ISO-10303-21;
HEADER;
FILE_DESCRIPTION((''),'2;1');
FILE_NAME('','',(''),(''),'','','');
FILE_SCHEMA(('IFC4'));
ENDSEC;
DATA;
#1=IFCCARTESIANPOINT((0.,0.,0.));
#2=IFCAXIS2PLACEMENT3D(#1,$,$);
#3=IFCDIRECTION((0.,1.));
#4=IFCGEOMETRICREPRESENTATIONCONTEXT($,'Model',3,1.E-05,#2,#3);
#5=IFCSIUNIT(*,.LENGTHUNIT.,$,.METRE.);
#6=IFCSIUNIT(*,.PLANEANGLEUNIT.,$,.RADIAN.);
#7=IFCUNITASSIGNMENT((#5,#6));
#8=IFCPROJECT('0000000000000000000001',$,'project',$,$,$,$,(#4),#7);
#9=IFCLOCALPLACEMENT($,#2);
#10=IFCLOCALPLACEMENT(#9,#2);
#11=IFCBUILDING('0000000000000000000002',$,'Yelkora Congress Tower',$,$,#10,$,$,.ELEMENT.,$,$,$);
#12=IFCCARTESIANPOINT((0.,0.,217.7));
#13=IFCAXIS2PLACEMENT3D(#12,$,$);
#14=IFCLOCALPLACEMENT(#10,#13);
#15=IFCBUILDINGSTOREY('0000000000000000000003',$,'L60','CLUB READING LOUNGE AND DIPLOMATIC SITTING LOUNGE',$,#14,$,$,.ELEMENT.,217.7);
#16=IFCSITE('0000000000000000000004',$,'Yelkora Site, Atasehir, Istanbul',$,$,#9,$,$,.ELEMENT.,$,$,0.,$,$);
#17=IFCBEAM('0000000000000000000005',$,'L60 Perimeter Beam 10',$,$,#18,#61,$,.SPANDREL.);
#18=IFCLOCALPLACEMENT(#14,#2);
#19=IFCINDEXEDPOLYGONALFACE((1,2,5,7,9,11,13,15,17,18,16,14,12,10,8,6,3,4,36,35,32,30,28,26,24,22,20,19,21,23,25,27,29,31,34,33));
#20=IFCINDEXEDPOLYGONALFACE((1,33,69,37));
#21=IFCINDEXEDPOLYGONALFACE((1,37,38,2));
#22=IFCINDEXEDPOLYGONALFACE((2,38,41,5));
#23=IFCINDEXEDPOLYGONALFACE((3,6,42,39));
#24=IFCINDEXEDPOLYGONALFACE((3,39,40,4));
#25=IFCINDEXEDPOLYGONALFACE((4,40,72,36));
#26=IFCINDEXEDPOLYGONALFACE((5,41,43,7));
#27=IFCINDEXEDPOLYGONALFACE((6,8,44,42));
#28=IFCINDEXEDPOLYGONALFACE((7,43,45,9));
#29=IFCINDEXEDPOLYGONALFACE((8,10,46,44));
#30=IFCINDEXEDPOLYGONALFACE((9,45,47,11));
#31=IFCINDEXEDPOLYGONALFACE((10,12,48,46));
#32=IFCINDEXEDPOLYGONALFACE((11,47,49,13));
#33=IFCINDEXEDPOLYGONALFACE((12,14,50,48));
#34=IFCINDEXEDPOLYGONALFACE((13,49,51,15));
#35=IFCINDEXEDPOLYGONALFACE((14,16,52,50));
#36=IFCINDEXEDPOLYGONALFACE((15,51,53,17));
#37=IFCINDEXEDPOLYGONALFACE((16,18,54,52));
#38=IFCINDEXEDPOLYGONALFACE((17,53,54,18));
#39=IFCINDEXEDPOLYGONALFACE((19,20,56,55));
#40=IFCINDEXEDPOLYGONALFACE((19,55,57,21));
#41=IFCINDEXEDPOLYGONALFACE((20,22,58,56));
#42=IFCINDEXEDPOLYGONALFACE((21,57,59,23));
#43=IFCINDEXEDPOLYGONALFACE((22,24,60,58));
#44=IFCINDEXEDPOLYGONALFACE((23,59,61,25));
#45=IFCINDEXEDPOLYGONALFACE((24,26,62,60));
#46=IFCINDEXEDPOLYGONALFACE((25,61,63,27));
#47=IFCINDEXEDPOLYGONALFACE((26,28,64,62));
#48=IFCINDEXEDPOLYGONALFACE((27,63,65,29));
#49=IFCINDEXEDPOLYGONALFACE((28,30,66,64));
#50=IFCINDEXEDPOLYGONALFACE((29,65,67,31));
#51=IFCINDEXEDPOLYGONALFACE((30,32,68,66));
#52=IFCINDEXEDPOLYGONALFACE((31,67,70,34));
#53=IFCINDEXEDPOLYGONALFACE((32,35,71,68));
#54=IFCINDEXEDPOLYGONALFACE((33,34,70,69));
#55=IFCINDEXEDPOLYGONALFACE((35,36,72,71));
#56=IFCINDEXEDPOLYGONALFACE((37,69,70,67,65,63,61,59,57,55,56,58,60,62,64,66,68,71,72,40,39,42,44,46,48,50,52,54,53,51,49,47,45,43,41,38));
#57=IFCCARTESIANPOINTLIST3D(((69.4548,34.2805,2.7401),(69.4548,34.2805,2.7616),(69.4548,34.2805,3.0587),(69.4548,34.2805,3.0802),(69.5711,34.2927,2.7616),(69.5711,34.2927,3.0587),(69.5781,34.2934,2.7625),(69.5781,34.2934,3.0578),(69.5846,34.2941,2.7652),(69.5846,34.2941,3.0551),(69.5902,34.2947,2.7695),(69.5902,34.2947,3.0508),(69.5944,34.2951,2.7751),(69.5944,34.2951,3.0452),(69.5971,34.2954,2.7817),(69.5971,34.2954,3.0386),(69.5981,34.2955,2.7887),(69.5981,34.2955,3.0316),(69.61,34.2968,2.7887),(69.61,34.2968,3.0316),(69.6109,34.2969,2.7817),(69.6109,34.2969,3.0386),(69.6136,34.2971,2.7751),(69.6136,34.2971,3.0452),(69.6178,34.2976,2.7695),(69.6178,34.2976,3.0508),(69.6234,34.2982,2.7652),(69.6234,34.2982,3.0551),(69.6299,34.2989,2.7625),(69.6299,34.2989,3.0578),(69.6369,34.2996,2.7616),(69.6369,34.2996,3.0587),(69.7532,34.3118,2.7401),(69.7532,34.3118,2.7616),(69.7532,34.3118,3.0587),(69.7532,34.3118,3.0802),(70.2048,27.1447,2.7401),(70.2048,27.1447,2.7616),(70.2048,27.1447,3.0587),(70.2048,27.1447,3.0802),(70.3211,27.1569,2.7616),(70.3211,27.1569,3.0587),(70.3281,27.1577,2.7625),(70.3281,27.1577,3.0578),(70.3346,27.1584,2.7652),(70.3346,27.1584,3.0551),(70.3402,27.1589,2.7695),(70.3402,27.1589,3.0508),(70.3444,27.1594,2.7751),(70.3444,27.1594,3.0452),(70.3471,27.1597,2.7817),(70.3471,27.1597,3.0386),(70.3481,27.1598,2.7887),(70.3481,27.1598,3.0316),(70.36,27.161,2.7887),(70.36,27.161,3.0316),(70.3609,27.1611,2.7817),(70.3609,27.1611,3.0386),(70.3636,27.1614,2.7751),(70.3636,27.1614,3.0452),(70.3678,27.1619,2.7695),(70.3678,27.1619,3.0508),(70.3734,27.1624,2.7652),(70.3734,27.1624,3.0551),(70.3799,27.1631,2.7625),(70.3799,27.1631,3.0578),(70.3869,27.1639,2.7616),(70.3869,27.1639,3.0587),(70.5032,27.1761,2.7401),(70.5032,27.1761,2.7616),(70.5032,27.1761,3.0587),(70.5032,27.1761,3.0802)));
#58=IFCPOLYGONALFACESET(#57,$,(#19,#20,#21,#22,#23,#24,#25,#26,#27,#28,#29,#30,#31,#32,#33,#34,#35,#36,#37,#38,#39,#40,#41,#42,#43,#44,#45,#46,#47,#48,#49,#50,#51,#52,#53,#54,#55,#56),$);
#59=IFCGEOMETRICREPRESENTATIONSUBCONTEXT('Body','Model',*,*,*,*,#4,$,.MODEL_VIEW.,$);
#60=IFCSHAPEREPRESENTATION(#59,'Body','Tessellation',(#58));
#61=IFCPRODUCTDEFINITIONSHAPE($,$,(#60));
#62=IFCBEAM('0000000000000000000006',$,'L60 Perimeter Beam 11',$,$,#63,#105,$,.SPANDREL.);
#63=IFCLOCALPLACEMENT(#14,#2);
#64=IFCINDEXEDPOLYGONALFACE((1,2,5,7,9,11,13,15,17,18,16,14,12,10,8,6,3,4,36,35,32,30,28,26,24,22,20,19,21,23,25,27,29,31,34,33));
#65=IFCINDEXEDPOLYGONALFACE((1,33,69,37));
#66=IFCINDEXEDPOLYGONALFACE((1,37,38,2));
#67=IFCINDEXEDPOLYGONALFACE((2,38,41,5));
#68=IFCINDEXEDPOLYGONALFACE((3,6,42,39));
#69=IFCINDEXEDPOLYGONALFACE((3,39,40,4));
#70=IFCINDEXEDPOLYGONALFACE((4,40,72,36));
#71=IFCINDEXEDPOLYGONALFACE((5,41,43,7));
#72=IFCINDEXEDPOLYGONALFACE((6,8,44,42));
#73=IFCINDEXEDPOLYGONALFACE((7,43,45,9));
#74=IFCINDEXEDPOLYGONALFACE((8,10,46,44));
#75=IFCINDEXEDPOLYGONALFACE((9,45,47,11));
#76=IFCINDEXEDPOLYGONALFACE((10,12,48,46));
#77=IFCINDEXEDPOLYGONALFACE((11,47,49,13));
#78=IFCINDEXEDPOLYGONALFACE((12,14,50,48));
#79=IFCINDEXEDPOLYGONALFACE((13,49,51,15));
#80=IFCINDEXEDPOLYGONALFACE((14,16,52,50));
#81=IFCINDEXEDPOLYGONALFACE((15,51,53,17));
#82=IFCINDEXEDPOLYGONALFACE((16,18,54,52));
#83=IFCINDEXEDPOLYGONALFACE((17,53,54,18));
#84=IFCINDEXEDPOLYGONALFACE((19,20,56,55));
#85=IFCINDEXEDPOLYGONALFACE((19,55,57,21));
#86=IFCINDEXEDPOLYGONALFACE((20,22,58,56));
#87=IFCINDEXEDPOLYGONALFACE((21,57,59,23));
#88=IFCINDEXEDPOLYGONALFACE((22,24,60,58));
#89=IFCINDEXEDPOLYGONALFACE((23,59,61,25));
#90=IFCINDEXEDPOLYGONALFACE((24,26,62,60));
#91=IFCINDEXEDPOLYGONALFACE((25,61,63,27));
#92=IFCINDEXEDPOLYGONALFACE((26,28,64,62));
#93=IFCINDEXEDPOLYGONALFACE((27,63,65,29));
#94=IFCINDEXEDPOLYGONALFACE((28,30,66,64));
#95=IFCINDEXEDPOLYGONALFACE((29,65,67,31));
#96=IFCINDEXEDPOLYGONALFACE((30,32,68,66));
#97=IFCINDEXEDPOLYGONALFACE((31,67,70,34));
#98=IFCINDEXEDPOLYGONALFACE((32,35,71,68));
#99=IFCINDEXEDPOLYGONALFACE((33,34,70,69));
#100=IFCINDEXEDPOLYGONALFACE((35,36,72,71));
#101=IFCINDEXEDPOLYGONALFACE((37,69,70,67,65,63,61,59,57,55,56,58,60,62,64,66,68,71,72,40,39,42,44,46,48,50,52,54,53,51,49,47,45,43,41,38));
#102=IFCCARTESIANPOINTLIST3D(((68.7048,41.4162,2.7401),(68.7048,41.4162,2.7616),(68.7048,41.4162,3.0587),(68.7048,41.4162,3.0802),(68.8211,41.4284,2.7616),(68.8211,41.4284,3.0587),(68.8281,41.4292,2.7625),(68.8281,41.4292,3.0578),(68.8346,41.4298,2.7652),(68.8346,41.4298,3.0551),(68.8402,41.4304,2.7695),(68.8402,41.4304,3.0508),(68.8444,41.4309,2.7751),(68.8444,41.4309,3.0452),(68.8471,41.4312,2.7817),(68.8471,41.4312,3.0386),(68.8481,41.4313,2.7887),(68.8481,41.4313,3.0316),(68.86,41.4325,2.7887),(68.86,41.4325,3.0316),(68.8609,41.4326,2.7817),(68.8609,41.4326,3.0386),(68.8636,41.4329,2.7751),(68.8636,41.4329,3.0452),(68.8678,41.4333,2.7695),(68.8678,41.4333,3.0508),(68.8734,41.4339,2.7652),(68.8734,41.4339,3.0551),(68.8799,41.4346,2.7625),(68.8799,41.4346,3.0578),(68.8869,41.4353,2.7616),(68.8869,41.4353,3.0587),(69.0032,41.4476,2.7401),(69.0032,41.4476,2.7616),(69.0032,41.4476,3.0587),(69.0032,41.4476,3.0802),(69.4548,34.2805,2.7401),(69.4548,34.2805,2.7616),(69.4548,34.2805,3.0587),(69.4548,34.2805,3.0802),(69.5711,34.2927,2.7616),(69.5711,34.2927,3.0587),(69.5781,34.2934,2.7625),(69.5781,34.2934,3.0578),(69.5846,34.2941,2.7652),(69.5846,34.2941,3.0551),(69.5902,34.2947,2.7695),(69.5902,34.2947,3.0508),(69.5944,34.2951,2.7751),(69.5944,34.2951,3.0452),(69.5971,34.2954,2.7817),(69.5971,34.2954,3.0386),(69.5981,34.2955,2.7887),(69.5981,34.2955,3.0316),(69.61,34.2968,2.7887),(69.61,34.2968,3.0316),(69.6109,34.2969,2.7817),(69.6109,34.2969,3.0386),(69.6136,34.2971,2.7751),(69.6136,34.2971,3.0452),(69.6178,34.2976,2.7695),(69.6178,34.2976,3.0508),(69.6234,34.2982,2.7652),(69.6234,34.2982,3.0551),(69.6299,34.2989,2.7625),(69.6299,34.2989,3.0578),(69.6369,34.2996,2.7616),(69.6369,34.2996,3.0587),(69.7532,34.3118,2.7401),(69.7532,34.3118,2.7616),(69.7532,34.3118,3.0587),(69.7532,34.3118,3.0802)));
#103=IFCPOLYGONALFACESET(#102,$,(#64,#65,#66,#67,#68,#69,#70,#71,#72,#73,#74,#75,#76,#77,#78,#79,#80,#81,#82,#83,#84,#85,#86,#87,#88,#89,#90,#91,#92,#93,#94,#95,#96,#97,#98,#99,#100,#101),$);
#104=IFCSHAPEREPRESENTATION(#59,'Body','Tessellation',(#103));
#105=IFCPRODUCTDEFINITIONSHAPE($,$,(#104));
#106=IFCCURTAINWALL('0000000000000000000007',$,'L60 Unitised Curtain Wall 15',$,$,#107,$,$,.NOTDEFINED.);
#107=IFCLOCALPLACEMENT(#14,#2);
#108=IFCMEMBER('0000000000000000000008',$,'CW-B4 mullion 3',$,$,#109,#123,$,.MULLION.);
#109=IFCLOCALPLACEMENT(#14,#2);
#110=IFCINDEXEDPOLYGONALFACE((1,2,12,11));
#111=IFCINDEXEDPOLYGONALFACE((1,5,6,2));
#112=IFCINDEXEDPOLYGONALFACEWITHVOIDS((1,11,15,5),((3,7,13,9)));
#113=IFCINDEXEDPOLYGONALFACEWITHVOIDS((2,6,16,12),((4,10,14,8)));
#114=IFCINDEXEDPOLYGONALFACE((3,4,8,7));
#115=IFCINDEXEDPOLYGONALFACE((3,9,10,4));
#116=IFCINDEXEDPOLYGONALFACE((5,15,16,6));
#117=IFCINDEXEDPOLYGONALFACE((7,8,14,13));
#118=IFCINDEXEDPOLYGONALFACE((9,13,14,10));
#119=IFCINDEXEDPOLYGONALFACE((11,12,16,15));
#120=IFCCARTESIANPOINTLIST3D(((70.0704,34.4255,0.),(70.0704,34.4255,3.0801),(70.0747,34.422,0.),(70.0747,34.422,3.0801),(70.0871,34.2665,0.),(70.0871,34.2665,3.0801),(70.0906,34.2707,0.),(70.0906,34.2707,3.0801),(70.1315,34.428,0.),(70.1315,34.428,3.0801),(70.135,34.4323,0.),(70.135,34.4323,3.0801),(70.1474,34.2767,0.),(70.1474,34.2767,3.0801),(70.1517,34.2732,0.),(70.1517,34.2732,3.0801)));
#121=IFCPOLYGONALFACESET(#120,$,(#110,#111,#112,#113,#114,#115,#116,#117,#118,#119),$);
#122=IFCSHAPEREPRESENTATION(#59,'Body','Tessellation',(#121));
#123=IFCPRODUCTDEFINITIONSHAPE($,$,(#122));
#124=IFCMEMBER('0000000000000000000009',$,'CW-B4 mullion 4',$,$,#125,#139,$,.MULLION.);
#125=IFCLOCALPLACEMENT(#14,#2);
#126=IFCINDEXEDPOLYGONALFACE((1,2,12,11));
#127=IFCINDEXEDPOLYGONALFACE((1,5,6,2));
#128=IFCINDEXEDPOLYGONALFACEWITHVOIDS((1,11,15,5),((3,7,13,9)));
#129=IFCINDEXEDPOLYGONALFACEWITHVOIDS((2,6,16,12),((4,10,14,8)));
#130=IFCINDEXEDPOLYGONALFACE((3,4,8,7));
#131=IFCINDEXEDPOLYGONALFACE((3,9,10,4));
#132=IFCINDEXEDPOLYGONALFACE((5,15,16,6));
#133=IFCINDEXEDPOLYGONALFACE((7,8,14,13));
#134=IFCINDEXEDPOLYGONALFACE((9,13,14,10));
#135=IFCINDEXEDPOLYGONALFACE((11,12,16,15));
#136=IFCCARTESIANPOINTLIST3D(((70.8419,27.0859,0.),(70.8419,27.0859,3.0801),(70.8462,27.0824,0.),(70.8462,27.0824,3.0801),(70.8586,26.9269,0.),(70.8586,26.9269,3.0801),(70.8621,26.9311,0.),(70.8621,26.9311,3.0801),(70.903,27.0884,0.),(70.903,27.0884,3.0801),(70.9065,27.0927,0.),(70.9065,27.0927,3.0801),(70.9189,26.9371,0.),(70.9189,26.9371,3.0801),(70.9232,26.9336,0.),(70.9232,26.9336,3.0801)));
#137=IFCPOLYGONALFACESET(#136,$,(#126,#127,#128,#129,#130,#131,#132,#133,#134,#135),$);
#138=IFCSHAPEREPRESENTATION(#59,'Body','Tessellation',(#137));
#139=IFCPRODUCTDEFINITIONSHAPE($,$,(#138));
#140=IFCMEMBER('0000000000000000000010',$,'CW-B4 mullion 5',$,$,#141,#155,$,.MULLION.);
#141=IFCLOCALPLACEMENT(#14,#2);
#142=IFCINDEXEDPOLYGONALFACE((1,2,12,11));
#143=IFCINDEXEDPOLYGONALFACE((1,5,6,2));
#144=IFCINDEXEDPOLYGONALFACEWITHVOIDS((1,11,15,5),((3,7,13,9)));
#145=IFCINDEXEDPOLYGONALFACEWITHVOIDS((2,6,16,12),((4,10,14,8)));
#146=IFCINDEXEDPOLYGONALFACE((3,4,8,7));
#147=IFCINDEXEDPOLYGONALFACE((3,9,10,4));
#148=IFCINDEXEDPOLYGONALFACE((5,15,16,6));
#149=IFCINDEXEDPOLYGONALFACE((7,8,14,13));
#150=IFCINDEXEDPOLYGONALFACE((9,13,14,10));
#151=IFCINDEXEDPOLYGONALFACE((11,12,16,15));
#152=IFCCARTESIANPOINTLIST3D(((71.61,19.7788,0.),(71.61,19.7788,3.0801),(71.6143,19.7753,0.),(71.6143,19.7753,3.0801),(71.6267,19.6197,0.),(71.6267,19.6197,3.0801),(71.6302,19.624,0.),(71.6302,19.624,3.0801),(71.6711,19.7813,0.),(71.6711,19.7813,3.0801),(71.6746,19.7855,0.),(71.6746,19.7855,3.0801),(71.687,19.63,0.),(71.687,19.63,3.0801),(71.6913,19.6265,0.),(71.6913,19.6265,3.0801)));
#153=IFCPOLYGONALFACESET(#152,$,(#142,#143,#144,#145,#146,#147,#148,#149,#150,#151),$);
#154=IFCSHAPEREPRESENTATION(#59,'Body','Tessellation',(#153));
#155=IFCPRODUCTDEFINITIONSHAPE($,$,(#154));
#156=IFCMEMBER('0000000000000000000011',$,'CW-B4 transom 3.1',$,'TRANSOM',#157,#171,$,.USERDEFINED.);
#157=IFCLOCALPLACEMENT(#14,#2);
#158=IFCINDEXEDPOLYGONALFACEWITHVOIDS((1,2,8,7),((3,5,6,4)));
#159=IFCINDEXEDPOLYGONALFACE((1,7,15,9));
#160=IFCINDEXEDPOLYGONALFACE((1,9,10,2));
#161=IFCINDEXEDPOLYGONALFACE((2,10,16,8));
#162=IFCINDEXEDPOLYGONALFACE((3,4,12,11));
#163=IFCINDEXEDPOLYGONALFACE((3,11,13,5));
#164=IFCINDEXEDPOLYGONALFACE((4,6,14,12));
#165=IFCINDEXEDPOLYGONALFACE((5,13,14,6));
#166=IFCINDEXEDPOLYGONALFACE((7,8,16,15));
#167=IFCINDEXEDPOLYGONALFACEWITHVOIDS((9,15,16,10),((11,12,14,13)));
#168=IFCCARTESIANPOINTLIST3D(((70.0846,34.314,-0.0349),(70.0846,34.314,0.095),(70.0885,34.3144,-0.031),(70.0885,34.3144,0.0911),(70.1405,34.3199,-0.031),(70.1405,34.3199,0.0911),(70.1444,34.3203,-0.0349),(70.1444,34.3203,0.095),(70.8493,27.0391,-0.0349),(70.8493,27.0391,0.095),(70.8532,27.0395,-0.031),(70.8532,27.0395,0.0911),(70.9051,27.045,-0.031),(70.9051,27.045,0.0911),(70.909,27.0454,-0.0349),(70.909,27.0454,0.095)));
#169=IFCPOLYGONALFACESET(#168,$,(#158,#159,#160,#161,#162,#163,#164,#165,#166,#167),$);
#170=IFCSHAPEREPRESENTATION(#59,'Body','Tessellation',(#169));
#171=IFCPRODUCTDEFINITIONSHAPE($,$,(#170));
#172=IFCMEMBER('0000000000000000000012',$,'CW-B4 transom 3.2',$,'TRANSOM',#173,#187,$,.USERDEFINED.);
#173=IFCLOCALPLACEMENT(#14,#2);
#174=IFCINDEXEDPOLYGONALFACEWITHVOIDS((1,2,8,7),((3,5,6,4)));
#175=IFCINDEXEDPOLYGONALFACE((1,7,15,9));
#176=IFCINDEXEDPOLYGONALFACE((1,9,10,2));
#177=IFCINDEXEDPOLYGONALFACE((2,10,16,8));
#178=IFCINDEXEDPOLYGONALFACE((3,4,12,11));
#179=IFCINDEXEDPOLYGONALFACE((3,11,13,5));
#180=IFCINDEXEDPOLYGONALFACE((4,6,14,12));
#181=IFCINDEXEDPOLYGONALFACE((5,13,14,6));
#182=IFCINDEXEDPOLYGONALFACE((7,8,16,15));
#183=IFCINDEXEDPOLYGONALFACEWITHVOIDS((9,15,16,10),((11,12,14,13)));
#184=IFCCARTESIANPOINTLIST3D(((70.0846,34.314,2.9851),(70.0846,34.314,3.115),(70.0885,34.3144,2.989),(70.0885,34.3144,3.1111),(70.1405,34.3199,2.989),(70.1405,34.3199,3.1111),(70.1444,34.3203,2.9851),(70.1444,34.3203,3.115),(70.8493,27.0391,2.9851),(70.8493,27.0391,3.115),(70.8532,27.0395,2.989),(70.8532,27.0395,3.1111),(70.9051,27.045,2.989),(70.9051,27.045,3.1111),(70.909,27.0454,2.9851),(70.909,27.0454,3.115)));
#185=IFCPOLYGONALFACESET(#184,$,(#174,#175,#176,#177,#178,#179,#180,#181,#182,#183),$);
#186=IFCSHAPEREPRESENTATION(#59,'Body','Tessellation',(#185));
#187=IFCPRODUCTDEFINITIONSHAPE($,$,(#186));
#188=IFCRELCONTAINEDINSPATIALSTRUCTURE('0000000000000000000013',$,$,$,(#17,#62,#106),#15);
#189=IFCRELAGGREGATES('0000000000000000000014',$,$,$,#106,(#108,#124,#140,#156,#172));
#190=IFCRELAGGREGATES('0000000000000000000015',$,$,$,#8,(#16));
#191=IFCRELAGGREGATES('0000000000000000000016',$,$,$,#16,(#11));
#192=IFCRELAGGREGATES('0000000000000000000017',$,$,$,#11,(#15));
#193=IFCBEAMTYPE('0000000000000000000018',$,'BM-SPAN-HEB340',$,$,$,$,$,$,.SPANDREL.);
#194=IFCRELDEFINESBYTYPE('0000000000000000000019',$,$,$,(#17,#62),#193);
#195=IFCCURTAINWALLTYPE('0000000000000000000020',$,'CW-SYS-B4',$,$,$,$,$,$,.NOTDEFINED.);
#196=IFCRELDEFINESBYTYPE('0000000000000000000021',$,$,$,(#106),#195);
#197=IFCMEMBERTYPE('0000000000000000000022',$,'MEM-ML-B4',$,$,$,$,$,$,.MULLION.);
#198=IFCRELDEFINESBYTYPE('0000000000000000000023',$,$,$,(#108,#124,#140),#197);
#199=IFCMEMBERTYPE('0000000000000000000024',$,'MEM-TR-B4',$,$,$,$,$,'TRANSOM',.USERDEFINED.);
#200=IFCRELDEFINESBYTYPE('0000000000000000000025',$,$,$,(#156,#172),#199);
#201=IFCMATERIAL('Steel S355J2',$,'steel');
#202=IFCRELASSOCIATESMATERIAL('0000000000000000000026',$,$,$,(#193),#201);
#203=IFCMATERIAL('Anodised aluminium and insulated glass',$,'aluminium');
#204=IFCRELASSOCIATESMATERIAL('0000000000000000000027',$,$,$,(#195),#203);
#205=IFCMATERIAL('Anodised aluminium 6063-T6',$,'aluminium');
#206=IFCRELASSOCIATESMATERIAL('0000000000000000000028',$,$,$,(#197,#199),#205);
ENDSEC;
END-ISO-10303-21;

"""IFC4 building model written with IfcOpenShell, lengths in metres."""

from ifc_helpers import new_model, si_unit, direction, frame, origin, origin_2d, place, context, subcontext, project, spatial, hollow_rectangle, i_section, extrude, material, material_profile, profile_set, type_object, element, aggregate, save


model = new_model("IFC4")

# Units and contexts
model_context = context("Model", 3, precision=1e-05, world=origin(), true_north=direction((0.0, 1.0)))
body_context = subcontext(model_context, "Body", "Model", "MODEL_VIEW")
ifc_project = project(units=[si_unit("LENGTHUNIT", "METRE"), si_unit("PLANEANGLEUNIT", "RADIAN")], contexts=[model_context])

# Site, building, storey
site_placement = place(None, origin())
site = spatial("IfcSite", under=ifc_project, at=site_placement, Name="Yelkora Site, Atasehir, Istanbul", CompositionType="ELEMENT", RefElevation=0.0)
building_placement = place(site_placement, origin())
building = spatial("IfcBuilding", under=site, at=building_placement, Name="Yelkora Congress Tower", CompositionType="ELEMENT")
storey_placement = place(building_placement, frame((0.0, 0.0, 217.7)))
storey = spatial("IfcBuildingStorey", under=building, at=storey_placement, Name="L60", Description="CLUB READING LOUNGE AND DIPLOMATIC SITTING LOUNGE", CompositionType="ELEMENT", Elevation=217.7)

# Shared definitions
ifc_material_1 = material(Name="Steel S355J2", Category="steel")

# Beams
ifc_material_profile_1 = material_profile(ifc_material_1, i_section(OverallWidth=0.3, OverallDepth=0.3401, WebThickness=0.012, FlangeThickness=0.0215, FilletRadius=0.0271, at=origin_2d()), Name="HEB 340")
ifc_profile_set_1 = profile_set([ifc_material_profile_1], Name="Steel S355J2")
beam_type_1 = type_object("IfcBeamType", Name="BM-SPAN-HEB340", PredefinedType="SPANDREL", material=ifc_profile_set_1)
for number, where, z_axis, x_axis, name in (
    (1, (70.354, 27.1604, 2.9102), (-0.104529, 0.994522, 0.0), (-0.994522, -0.104529, 0.0), "L60 Perimeter Beam 10"),
    (2, (69.604, 34.2961, 2.9102), (-0.104529, 0.994522, 0.0), (-0.994522, -0.104529, 0.0), "L60 Perimeter Beam 11"),
):
    element("IfcBeam", number, at=place(storey_placement, frame(where, z_axis=z_axis, x_axis=x_axis)), inside=storey, type_object=beam_type_1, Name=name, PredefinedType="SPANDREL", context=body_context, shape_type="SweptSolid", body=[
        extrude(i_section(OverallWidth=0.3, OverallDepth=0.3401, WebThickness=0.012, FlangeThickness=0.0215, FilletRadius=0.0271, at=origin_2d()), origin(), (0.0, 0.0, 1.0), 7.175),
    ])

# Curtain wall, members
ifc_material_2 = material(Name="Anodised aluminium and insulated glass", Category="aluminium")
curtain_wall_type = type_object("IfcCurtainWallType", Name="CW-SYS-B4", PredefinedType="NOTDEFINED", material=ifc_material_2)
curtain_wall_placement = place(storey_placement, origin())
curtain_wall = element("IfcCurtainWall", 3, at=curtain_wall_placement, inside=storey, type_object=curtain_wall_type, Name="L60 Unitised Curtain Wall 15", PredefinedType="NOTDEFINED")
ifc_material_3 = material(Name="Anodised aluminium 6063-T6", Category="aluminium")
ifc_material_profile_2 = material_profile(ifc_material_3, hollow_rectangle(XDim=0.0649, YDim=0.1599, WallThickness=0.0039, at=origin_2d()), Name="ALU 65x160x4")
ifc_profile_set_2 = profile_set([ifc_material_profile_2], Name="Anodised aluminium 6063-T6")
member_type_1 = type_object("IfcMemberType", Name="MEM-ML-B4", PredefinedType="MULLION", material=ifc_profile_set_2)
member_1_placement = place(storey_placement, frame((70.1111, 34.3494, 0.0), z_axis=(0.0, 0.0, 1.0), x_axis=(0.994522, 0.104526, 0.0)))
member_1 = element("IfcMember", 4, at=member_1_placement, type_object=member_type_1, Name="CW-B4 mullion 3", PredefinedType="MULLION", context=body_context, shape_type="SweptSolid", body=[
    extrude(hollow_rectangle(XDim=0.0649, YDim=0.1599, WallThickness=0.0039, at=origin_2d()), origin(), (0.0, 0.0, 1.0), 3.0801),
])
member_2_placement = place(storey_placement, frame((70.8826, 27.0098, 0.0), z_axis=(0.0, 0.0, 1.0), x_axis=(0.994522, 0.104526, 0.0)))
member_2 = element("IfcMember", 5, at=member_2_placement, type_object=member_type_1, Name="CW-B4 mullion 4", PredefinedType="MULLION", context=body_context, shape_type="SweptSolid", body=[
    extrude(hollow_rectangle(XDim=0.0649, YDim=0.1599, WallThickness=0.0039, at=origin_2d()), origin(), (0.0, 0.0, 1.0), 3.0801),
])
member_3_placement = place(storey_placement, frame((71.6506, 19.7026, 0.0), z_axis=(0.0, 0.0, 1.0), x_axis=(0.994522, 0.104526, 0.0)))
member_3 = element("IfcMember", 6, at=member_3_placement, type_object=member_type_1, Name="CW-B4 mullion 5", PredefinedType="MULLION", context=body_context, shape_type="SweptSolid", body=[
    extrude(hollow_rectangle(XDim=0.0649, YDim=0.1599, WallThickness=0.0039, at=origin_2d()), origin(), (0.0, 0.0, 1.0), 3.0801),
])
ifc_material_profile_3 = material_profile(ifc_material_3, hollow_rectangle(XDim=0.0601, YDim=0.1299, WallThickness=0.0039, at=origin_2d()), Name="ALU 60x130x4")
ifc_profile_set_3 = profile_set([ifc_material_profile_3], Name="Anodised aluminium 6063-T6")
member_type_2 = type_object("IfcMemberType", Name="MEM-TR-B4", ElementType="TRANSOM", PredefinedType="USERDEFINED", material=ifc_profile_set_3)
member_4_placement = place(storey_placement, frame((70.1145, 34.3171, 0.03), z_axis=(0.104532, -0.994522, 0.0), x_axis=(0.994522, 0.104532, 0.0)))
member_4 = element("IfcMember", 7, at=member_4_placement, type_object=member_type_2, Name="CW-B4 transom 3.1", ObjectType="TRANSOM", PredefinedType="USERDEFINED", context=body_context, shape_type="SweptSolid", body=[
    extrude(hollow_rectangle(XDim=0.0601, YDim=0.1299, WallThickness=0.0039, at=origin_2d()), origin(), (0.0, 0.0, 1.0), 7.3149),
])
member_5_placement = place(storey_placement, frame((70.1145, 34.3171, 3.05), z_axis=(0.104532, -0.994522, 0.0), x_axis=(0.994522, 0.104532, 0.0)))
member_5 = element("IfcMember", 8, at=member_5_placement, type_object=member_type_2, Name="CW-B4 transom 3.2", ObjectType="TRANSOM", PredefinedType="USERDEFINED", context=body_context, shape_type="SweptSolid", body=[
    extrude(hollow_rectangle(XDim=0.0601, YDim=0.1299, WallThickness=0.0039, at=origin_2d()), origin(), (0.0, 0.0, 1.0), 7.3149),
])
aggregate(curtain_wall, [member_1, member_2, member_3, member_4, member_5])

save(model, "model.ifc")
